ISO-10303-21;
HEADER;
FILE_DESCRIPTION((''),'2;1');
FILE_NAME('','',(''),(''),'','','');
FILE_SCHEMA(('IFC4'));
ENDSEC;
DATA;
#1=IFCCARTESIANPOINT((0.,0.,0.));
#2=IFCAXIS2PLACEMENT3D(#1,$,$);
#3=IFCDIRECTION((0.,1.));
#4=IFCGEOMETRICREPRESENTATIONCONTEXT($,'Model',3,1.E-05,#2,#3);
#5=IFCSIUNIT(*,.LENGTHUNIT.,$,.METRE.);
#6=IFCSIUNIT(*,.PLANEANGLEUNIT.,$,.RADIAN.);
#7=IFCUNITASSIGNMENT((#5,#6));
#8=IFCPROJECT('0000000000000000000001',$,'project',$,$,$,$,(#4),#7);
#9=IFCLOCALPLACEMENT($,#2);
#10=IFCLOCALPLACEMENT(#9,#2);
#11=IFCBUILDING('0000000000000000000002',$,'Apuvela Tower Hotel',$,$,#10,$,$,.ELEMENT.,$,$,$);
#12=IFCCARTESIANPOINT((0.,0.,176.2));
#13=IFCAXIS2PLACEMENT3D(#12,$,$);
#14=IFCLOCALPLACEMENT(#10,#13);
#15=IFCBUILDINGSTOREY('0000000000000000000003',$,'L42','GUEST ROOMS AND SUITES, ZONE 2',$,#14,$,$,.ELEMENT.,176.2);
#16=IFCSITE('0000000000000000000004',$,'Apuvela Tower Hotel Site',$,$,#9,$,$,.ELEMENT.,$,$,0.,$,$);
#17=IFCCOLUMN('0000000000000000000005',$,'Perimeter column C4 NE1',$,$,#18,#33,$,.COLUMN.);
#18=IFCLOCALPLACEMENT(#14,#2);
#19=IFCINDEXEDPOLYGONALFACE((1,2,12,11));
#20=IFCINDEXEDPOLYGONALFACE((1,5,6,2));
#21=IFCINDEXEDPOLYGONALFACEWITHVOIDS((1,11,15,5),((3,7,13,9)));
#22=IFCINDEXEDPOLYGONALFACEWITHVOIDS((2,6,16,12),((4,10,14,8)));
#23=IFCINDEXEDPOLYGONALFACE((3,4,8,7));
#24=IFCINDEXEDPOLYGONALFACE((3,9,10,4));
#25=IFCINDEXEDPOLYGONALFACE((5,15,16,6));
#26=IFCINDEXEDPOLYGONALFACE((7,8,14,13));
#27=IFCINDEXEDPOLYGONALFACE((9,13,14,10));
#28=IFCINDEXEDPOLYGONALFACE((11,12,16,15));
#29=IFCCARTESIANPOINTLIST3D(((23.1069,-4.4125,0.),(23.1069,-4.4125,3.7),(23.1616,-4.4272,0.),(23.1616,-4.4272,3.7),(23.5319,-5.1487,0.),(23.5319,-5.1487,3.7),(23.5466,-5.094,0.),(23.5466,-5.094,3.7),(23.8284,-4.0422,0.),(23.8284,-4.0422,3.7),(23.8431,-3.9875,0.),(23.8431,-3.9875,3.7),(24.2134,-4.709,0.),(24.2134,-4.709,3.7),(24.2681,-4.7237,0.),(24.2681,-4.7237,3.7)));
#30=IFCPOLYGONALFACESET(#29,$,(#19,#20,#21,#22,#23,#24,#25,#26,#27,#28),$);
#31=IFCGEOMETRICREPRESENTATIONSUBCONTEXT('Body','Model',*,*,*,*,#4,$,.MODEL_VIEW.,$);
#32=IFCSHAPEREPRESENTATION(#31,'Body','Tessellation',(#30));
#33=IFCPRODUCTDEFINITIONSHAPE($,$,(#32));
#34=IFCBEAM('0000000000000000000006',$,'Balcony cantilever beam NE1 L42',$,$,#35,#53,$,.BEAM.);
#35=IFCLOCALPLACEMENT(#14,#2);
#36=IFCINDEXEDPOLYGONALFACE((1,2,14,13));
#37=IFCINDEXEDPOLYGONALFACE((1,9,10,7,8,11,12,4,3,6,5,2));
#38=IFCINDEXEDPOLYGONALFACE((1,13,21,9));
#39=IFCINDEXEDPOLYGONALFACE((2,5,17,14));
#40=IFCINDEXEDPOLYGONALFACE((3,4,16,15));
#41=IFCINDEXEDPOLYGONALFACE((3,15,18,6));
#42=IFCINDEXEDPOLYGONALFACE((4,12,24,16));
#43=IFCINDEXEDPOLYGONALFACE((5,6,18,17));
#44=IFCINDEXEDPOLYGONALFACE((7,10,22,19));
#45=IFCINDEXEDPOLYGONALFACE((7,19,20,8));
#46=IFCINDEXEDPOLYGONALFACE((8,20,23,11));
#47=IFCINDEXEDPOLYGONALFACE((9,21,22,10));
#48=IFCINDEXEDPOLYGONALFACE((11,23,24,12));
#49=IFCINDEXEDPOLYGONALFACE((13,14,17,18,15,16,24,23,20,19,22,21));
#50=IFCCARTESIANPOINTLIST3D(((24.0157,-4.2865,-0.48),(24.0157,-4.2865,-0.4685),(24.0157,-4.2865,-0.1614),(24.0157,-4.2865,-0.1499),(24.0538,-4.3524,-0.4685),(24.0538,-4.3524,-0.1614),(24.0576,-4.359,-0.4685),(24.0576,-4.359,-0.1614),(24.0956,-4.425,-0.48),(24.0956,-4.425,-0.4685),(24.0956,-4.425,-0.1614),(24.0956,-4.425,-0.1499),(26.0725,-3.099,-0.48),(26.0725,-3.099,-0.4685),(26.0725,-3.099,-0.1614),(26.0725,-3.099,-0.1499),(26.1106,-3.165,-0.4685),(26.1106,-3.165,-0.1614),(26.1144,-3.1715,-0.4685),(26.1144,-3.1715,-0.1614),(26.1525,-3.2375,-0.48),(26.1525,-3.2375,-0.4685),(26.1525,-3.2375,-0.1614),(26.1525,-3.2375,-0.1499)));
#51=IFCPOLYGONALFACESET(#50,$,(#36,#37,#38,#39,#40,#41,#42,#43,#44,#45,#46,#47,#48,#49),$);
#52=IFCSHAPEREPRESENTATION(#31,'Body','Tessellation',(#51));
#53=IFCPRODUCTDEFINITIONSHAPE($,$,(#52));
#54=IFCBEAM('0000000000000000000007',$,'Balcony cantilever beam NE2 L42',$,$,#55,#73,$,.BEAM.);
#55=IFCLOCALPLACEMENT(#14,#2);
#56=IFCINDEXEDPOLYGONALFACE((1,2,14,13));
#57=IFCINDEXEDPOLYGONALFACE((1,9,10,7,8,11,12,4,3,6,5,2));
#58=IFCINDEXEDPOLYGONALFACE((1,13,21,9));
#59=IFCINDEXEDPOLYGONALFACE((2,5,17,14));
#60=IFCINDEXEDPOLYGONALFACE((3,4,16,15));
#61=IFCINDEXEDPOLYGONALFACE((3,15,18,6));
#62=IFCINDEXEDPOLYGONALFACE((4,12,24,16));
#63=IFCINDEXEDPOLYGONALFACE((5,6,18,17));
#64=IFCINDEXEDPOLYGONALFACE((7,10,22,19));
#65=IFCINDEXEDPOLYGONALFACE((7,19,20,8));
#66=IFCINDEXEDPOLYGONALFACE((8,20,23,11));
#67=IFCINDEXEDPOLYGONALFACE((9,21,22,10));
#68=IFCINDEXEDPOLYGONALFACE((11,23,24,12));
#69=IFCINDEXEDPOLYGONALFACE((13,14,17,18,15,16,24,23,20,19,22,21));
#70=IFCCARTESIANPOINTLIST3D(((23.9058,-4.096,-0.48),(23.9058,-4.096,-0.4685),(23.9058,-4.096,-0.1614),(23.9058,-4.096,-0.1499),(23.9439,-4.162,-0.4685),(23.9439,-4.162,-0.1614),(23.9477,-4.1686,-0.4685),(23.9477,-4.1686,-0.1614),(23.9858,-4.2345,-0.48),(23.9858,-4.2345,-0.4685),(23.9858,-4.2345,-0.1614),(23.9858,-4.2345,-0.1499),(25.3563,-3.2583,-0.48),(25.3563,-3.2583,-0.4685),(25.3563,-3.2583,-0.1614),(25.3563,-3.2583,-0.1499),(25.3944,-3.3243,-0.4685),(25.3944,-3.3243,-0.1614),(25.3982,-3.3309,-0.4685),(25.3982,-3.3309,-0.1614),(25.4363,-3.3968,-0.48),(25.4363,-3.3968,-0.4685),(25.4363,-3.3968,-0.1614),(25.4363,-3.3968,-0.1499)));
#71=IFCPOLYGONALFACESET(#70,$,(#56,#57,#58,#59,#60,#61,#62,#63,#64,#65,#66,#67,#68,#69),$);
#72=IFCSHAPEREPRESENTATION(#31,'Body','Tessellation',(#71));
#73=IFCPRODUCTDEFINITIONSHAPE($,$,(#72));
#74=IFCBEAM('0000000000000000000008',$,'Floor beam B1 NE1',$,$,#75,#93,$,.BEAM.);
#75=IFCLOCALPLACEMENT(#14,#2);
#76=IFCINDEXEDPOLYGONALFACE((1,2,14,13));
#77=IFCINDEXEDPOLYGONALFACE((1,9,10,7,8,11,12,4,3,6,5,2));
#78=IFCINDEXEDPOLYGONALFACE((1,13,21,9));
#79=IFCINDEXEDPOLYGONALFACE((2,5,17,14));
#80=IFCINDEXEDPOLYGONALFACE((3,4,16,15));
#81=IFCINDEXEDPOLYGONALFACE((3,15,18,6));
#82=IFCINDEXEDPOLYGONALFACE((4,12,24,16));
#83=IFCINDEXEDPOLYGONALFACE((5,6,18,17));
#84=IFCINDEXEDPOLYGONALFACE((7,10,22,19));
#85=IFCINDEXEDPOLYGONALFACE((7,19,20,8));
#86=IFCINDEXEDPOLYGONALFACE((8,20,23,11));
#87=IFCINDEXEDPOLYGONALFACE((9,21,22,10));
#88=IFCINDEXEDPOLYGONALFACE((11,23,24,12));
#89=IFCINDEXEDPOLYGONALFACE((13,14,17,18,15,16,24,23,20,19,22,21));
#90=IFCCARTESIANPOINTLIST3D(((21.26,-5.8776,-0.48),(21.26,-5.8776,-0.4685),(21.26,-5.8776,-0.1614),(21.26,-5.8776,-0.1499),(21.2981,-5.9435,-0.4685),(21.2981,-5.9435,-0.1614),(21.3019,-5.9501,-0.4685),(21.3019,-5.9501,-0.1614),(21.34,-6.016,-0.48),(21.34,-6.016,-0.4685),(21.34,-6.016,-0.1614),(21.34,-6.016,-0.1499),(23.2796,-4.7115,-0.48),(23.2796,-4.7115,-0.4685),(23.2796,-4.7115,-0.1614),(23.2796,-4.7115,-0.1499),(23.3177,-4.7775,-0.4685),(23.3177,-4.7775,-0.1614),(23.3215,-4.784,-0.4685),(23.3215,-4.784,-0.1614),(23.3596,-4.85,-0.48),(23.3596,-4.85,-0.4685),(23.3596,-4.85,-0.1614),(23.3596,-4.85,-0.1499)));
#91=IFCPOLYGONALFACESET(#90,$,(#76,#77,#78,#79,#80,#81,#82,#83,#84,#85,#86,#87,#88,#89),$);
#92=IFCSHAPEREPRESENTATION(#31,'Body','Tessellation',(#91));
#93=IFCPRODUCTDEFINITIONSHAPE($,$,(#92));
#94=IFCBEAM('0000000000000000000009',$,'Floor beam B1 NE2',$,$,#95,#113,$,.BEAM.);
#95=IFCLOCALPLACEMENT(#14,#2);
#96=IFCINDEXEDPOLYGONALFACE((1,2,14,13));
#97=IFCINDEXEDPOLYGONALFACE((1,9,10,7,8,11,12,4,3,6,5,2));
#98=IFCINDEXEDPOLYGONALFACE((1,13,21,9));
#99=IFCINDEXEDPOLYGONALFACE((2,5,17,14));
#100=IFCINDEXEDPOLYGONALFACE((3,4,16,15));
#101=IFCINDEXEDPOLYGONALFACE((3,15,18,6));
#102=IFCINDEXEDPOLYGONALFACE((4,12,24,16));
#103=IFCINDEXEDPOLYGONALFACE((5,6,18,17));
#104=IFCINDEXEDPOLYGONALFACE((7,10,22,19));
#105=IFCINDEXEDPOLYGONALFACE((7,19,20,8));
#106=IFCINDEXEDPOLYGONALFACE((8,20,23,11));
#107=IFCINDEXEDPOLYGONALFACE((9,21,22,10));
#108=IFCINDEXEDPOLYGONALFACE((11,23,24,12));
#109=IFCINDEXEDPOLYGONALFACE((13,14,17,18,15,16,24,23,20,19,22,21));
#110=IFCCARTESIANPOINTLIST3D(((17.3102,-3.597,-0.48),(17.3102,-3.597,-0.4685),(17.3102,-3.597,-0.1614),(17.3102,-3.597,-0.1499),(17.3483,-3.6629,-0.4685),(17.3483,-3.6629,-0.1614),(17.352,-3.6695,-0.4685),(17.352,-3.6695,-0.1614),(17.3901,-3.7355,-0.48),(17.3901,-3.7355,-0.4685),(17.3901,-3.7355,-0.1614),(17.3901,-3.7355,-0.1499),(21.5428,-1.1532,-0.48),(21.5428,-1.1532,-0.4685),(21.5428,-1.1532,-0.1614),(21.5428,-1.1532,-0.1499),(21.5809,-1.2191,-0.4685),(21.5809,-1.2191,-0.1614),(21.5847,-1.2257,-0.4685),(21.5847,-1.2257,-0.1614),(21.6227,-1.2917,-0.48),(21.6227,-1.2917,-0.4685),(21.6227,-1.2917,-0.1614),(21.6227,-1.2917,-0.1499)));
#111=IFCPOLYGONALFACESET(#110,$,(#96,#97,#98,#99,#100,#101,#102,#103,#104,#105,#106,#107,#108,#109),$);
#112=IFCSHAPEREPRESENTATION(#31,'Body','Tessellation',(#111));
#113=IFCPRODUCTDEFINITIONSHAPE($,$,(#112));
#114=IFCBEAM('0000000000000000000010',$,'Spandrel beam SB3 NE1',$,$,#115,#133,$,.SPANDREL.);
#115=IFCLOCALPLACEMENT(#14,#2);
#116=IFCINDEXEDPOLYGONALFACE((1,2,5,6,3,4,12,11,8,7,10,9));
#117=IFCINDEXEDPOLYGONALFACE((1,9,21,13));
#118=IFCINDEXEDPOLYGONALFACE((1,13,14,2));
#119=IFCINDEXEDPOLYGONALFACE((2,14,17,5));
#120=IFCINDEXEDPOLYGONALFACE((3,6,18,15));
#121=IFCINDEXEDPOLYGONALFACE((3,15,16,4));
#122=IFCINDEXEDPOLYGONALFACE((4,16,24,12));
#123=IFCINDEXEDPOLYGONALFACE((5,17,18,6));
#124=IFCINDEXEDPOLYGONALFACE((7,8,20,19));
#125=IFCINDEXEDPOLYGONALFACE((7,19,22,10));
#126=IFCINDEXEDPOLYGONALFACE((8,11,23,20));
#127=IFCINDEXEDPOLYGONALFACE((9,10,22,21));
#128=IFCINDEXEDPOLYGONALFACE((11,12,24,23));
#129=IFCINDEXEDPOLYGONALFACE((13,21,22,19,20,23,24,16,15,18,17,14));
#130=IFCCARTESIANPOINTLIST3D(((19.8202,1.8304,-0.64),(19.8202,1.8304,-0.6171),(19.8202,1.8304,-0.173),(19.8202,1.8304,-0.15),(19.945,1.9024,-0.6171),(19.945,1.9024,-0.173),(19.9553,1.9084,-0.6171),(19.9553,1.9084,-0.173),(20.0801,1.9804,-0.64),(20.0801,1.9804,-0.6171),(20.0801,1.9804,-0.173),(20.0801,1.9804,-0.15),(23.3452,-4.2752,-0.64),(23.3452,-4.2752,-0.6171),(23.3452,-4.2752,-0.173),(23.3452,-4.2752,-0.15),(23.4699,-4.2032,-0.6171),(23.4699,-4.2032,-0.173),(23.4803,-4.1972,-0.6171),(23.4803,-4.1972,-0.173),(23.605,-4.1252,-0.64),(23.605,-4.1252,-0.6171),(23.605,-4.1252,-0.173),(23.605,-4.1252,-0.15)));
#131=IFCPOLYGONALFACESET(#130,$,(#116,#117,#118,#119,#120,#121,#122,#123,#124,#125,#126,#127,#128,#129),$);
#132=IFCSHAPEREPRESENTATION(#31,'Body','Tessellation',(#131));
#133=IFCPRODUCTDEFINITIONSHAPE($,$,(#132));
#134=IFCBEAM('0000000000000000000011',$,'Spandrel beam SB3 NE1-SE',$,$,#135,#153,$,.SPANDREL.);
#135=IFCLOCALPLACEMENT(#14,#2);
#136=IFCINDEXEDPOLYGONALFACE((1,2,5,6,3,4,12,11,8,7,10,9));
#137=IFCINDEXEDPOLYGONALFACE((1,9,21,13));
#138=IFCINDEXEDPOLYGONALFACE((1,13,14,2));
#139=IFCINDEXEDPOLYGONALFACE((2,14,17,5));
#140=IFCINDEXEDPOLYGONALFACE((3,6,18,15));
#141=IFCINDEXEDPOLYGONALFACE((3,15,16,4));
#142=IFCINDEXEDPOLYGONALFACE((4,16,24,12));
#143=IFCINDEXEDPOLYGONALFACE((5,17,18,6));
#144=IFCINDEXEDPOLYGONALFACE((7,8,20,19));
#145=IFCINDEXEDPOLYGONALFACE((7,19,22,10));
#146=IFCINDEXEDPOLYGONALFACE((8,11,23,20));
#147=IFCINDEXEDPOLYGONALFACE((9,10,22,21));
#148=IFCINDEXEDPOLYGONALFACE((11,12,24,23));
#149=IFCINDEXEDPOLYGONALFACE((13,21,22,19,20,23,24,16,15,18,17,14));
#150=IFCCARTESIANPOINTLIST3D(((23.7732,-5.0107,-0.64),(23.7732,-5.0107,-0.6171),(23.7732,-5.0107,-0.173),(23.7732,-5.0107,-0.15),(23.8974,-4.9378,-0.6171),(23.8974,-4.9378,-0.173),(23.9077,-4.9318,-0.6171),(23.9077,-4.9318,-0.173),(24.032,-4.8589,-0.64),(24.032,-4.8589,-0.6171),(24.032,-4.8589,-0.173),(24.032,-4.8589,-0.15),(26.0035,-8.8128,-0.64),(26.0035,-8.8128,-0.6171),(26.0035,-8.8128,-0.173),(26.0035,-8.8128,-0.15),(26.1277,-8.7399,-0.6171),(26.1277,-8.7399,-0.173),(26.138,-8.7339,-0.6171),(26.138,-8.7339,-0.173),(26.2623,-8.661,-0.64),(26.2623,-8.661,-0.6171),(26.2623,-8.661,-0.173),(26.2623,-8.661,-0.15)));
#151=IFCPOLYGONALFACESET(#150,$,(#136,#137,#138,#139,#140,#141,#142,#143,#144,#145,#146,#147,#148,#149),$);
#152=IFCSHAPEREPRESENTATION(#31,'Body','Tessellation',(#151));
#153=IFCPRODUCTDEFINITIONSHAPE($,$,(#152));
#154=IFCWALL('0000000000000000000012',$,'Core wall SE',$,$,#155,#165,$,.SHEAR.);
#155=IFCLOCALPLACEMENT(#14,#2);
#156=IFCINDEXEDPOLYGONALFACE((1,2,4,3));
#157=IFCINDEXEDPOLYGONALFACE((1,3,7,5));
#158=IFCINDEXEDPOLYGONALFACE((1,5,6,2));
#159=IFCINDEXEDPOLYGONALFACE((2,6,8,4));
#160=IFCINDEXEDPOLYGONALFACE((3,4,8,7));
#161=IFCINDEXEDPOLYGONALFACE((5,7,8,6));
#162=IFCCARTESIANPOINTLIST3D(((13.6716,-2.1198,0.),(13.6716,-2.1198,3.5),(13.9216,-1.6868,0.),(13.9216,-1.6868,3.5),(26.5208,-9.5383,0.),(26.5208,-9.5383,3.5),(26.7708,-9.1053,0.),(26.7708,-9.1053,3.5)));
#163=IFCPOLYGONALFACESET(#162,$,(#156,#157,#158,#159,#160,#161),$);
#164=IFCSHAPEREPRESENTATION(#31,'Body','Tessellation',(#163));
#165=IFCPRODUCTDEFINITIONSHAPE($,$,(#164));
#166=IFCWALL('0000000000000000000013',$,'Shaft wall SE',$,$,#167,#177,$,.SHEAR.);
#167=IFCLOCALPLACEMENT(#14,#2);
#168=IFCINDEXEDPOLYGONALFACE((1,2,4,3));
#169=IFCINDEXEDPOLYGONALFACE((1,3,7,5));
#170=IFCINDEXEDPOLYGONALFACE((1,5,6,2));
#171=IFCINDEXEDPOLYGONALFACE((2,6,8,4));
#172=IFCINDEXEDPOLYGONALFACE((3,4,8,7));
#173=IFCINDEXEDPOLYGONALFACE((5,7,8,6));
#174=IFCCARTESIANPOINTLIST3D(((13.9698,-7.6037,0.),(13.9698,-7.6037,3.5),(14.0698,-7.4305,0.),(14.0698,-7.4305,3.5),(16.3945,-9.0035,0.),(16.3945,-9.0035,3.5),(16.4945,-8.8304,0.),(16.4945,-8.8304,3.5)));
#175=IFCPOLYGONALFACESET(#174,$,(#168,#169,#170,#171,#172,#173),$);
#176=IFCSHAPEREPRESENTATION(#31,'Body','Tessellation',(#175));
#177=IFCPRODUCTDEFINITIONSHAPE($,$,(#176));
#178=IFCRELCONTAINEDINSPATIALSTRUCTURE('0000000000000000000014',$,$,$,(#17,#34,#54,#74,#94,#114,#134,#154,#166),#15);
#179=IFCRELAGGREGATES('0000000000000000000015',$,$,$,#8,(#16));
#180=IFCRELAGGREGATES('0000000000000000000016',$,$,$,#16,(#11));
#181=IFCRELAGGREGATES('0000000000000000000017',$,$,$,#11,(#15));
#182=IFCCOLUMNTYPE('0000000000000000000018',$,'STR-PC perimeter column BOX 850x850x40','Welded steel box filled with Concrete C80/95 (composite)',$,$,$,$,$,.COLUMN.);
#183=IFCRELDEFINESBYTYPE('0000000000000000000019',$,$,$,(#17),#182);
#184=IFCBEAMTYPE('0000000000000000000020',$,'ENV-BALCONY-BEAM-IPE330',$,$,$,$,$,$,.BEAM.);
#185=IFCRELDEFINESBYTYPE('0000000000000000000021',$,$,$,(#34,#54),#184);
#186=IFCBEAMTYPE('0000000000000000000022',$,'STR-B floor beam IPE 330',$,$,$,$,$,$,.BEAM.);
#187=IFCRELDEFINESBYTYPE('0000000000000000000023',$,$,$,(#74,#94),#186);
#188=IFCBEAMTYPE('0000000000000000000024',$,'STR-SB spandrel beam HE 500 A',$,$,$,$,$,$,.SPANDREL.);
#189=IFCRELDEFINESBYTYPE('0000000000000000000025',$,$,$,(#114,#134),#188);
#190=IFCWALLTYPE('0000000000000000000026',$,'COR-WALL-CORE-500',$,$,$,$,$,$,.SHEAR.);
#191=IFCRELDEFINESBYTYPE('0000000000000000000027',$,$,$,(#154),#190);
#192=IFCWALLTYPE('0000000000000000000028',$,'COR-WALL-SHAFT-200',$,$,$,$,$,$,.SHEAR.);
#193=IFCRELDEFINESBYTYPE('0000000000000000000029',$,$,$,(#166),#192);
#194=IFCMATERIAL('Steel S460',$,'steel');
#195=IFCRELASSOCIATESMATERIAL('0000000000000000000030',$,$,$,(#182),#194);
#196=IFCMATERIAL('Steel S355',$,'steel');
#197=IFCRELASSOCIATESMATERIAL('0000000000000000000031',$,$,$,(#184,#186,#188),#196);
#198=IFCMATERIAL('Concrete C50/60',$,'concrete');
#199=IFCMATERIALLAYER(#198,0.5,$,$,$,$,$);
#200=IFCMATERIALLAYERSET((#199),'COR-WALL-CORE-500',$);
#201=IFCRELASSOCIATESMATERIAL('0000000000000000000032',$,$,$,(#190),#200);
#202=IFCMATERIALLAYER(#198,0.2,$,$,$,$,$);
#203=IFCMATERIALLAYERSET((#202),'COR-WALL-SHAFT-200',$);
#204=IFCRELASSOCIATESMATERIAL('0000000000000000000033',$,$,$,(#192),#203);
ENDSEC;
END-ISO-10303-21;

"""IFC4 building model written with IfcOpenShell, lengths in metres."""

from ifc_helpers import new_model, si_unit, direction, frame, frame_2d, origin, origin_2d, place, context, subcontext, project, spatial, rectangle, hollow_rectangle, i_section, extrude, material, layer, layer_set, material_profile, profile_set, type_object, element, save


model = new_model("IFC4")

# Units and contexts
model_context = context("Model", 3, precision=1e-05, world=origin(), true_north=direction((0.0, 1.0)))
body_context = subcontext(model_context, "Body", "Model", "MODEL_VIEW")
ifc_project = project(units=[si_unit("LENGTHUNIT", "METRE"), si_unit("PLANEANGLEUNIT", "RADIAN")], contexts=[model_context])

# Site, building, storey
site_placement = place(None, origin())
site = spatial("IfcSite", under=ifc_project, at=site_placement, Name="Apuvela Tower Hotel Site", CompositionType="ELEMENT", RefElevation=0.0)
building_placement = place(site_placement, origin())
building = spatial("IfcBuilding", under=site, at=building_placement, Name="Apuvela Tower Hotel", CompositionType="ELEMENT")
storey_placement = place(building_placement, frame((0.0, 0.0, 176.2)))
storey = spatial("IfcBuildingStorey", under=building, at=storey_placement, Name="L42", Description="GUEST ROOMS AND SUITES, ZONE 2", CompositionType="ELEMENT", Elevation=176.2)

# Column
ifc_material_1 = material(Name="Steel S460", Category="steel")
ifc_material_profile_1 = material_profile(ifc_material_1, hollow_rectangle(XDim=0.8501, YDim=0.8501, WallThickness=0.04, at=origin_2d()), Name="BOX 850x850x40")
ifc_material_2 = material(Name="Concrete C80/95", Category="concrete")
ifc_material_profile_2 = material_profile(ifc_material_2, rectangle(XDim=0.77, YDim=0.77, at=origin_2d()), Name="Concrete C80/95 infill")
ifc_profile_set_1 = profile_set([ifc_material_profile_1, ifc_material_profile_2], Name="Steel S460")
column_type = type_object("IfcColumnType", Name="STR-PC perimeter column BOX 850x850x40", Description="Welded steel box filled with Concrete C80/95 (composite)", PredefinedType="COLUMN", material=ifc_profile_set_1)
column_placement = place(storey_placement, frame((23.6875, -4.5681, 0.0), z_axis=(0.0, 0.0, 1.0), x_axis=(-0.5, 0.866025, 0.0)))
element("IfcColumn", 1, at=column_placement, inside=storey, type_object=column_type, Name="Perimeter column C4 NE1", PredefinedType="COLUMN", context=body_context, shape_type="SweptSolid", body=[
    extrude(hollow_rectangle(XDim=0.8501, YDim=0.8501, WallThickness=0.04, at=origin_2d()), origin(), (0.0, 0.0, 1.0), 3.7),
])

# Beams
ifc_material_3 = material(Name="Steel S355", Category="steel")
ifc_material_profile_3 = material_profile(ifc_material_3, i_section(OverallWidth=0.1599, OverallDepth=0.3301, WebThickness=0.0076, FlangeThickness=0.0115, at=origin_2d()), Name="IPE 330")
ifc_profile_set_2 = profile_set([ifc_material_profile_3], Name="Steel S355")
beam_type_1 = type_object("IfcBeamType", Name="ENV-BALCONY-BEAM-IPE330", PredefinedType="BEAM", material=ifc_profile_set_2)
beam_1_placement = place(storey_placement, frame((24.0557, -4.3557, -0.3149), z_axis=(0.866033, 0.499986, 0.0), x_axis=(-0.499986, 0.866033, 0.0)))
element("IfcBeam", 2, at=beam_1_placement, inside=storey, type_object=beam_type_1, Name="Balcony cantilever beam NE1 L42", PredefinedType="BEAM", context=body_context, shape_type="SweptSolid", body=[
    extrude(i_section(OverallWidth=0.1599, OverallDepth=0.3301, WebThickness=0.0076, FlangeThickness=0.0115, at=origin_2d()), origin(), (0.0, 0.0, 1.0), 2.375),
])
beam_2_placement = place(storey_placement, frame((23.9458, -4.1653, -0.3149), z_axis=(0.865965, 0.500105, 0.0), x_axis=(-0.500105, 0.865965, 0.0)))
element("IfcBeam", 3, at=beam_2_placement, inside=storey, type_object=beam_type_1, Name="Balcony cantilever beam NE2 L42", PredefinedType="BEAM", context=body_context, shape_type="SweptSolid", body=[
    extrude(i_section(OverallWidth=0.1599, OverallDepth=0.3301, WebThickness=0.0076, FlangeThickness=0.0115, at=origin_2d()), origin(), (0.0, 0.0, 1.0), 1.675),
])
ifc_material_profile_4 = material_profile(ifc_material_3, i_section(OverallWidth=0.1599, OverallDepth=0.3301, WebThickness=0.0076, FlangeThickness=0.0115, at=origin_2d()), Name="IPE 330")
ifc_profile_set_3 = profile_set([ifc_material_profile_4], Name="Steel S355")
beam_type_2 = type_object("IfcBeamType", Name="STR-B floor beam IPE 330", PredefinedType="BEAM", material=ifc_profile_set_3)
beam_3_placement = place(storey_placement, frame((23.3196, -4.7808, -0.3149), z_axis=(-0.866018, -0.500012, 0.0), x_axis=(0.500012, -0.866018, 0.0)))
element("IfcBeam", 4, at=beam_3_placement, inside=storey, type_object=beam_type_2, Name="Floor beam B1 NE1", PredefinedType="BEAM", context=body_context, shape_type="SweptSolid", body=[
    extrude(i_section(OverallWidth=0.1599, OverallDepth=0.3301, WebThickness=0.0076, FlangeThickness=0.0115, at=origin_2d()), origin(), (0.0, 0.0, 1.0), 2.332),
])
beam_4_placement = place(storey_placement, frame((21.5828, -1.2224, -0.3149), z_axis=(-0.866015, -0.500018, 0.0), x_axis=(0.500018, -0.866015, 0.0)))
element("IfcBeam", 5, at=beam_4_placement, inside=storey, type_object=beam_type_2, Name="Floor beam B1 NE2", PredefinedType="BEAM", context=body_context, shape_type="SweptSolid", body=[
    extrude(i_section(OverallWidth=0.1599, OverallDepth=0.3301, WebThickness=0.0076, FlangeThickness=0.0115, at=origin_2d()), origin(), (0.0, 0.0, 1.0), 4.8875),
])
ifc_material_profile_5 = material_profile(ifc_material_3, i_section(OverallWidth=0.3, OverallDepth=0.49, WebThickness=0.012, FlangeThickness=0.0229, at=origin_2d()), Name="HE 500 A")
ifc_profile_set_4 = profile_set([ifc_material_profile_5], Name="Steel S355")
beam_type_3 = type_object("IfcBeamType", Name="STR-SB spandrel beam HE 500 A", PredefinedType="SPANDREL", material=ifc_profile_set_4)
beam_5_placement = place(storey_placement, frame((23.4751, -4.2002, -0.395), z_axis=(-0.49999, 0.866031, 0.0), x_axis=(-0.866031, -0.49999, 0.0)))
element("IfcBeam", 6, at=beam_5_placement, inside=storey, type_object=beam_type_3, Name="Spandrel beam SB3 NE1", PredefinedType="SPANDREL", context=body_context, shape_type="SweptSolid", body=[
    extrude(i_section(OverallWidth=0.3, OverallDepth=0.49, WebThickness=0.012, FlangeThickness=0.0229, at=origin_2d()), origin(), (0.0, 0.0, 1.0), 7.05),
])
beam_6_placement = place(storey_placement, frame((23.9026, -4.9348, -0.395), z_axis=(0.505967, -0.862553, 0.0), x_axis=(0.862553, 0.505967, 0.0)))
element("IfcBeam", 7, at=beam_6_placement, inside=storey, type_object=beam_type_3, Name="Spandrel beam SB3 NE1-SE", PredefinedType="SPANDREL", context=body_context, shape_type="SweptSolid", body=[
    extrude(i_section(OverallWidth=0.3, OverallDepth=0.49, WebThickness=0.012, FlangeThickness=0.0229, at=origin_2d()), origin(), (0.0, 0.0, 1.0), 4.408),
])

# Walls
ifc_material_4 = material(Name="Concrete C50/60", Category="concrete")
ifc_layer_1 = layer(ifc_material_4, 0.5)
ifc_layer_set_1 = layer_set([ifc_layer_1], Name="COR-WALL-CORE-500")
wall_type_1 = type_object("IfcWallType", Name="COR-WALL-CORE-500", PredefinedType="SHEAR", material=ifc_layer_set_1)
wall_1_placement = place(storey_placement, frame((13.7966, -1.9033, 0.0), z_axis=(0.0, 0.0, 1.0), x_axis=(0.866025, -0.500001, 0.0)))
element("IfcWall", 8, at=wall_1_placement, inside=storey, type_object=wall_type_1, Name="Core wall SE", PredefinedType="SHEAR", context=body_context, shape_type="SweptSolid", body=[
    extrude(rectangle(XDim=14.8369, YDim=0.5, at=frame_2d((7.4185, 0.0))), origin(), (0.0, 0.0, 1.0), 3.5),
])
ifc_layer_2 = layer(ifc_material_4, 0.2)
ifc_layer_set_2 = layer_set([ifc_layer_2], Name="COR-WALL-SHAFT-200")
wall_type_2 = type_object("IfcWallType", Name="COR-WALL-SHAFT-200", PredefinedType="SHEAR", material=ifc_layer_set_2)
wall_2_placement = place(storey_placement, frame((14.0198, -7.5171, 0.0), z_axis=(0.0, 0.0, 1.0), x_axis=(0.866035, -0.499984, 0.0)))
element("IfcWall", 9, at=wall_2_placement, inside=storey, type_object=wall_type_2, Name="Shaft wall SE", PredefinedType="SHEAR", context=body_context, shape_type="SweptSolid", body=[
    extrude(rectangle(XDim=2.7998, YDim=0.2, at=frame_2d((1.3999, 0.0))), origin(), (0.0, 0.0, 1.0), 3.5),
])

save(model, "model.ifc")
